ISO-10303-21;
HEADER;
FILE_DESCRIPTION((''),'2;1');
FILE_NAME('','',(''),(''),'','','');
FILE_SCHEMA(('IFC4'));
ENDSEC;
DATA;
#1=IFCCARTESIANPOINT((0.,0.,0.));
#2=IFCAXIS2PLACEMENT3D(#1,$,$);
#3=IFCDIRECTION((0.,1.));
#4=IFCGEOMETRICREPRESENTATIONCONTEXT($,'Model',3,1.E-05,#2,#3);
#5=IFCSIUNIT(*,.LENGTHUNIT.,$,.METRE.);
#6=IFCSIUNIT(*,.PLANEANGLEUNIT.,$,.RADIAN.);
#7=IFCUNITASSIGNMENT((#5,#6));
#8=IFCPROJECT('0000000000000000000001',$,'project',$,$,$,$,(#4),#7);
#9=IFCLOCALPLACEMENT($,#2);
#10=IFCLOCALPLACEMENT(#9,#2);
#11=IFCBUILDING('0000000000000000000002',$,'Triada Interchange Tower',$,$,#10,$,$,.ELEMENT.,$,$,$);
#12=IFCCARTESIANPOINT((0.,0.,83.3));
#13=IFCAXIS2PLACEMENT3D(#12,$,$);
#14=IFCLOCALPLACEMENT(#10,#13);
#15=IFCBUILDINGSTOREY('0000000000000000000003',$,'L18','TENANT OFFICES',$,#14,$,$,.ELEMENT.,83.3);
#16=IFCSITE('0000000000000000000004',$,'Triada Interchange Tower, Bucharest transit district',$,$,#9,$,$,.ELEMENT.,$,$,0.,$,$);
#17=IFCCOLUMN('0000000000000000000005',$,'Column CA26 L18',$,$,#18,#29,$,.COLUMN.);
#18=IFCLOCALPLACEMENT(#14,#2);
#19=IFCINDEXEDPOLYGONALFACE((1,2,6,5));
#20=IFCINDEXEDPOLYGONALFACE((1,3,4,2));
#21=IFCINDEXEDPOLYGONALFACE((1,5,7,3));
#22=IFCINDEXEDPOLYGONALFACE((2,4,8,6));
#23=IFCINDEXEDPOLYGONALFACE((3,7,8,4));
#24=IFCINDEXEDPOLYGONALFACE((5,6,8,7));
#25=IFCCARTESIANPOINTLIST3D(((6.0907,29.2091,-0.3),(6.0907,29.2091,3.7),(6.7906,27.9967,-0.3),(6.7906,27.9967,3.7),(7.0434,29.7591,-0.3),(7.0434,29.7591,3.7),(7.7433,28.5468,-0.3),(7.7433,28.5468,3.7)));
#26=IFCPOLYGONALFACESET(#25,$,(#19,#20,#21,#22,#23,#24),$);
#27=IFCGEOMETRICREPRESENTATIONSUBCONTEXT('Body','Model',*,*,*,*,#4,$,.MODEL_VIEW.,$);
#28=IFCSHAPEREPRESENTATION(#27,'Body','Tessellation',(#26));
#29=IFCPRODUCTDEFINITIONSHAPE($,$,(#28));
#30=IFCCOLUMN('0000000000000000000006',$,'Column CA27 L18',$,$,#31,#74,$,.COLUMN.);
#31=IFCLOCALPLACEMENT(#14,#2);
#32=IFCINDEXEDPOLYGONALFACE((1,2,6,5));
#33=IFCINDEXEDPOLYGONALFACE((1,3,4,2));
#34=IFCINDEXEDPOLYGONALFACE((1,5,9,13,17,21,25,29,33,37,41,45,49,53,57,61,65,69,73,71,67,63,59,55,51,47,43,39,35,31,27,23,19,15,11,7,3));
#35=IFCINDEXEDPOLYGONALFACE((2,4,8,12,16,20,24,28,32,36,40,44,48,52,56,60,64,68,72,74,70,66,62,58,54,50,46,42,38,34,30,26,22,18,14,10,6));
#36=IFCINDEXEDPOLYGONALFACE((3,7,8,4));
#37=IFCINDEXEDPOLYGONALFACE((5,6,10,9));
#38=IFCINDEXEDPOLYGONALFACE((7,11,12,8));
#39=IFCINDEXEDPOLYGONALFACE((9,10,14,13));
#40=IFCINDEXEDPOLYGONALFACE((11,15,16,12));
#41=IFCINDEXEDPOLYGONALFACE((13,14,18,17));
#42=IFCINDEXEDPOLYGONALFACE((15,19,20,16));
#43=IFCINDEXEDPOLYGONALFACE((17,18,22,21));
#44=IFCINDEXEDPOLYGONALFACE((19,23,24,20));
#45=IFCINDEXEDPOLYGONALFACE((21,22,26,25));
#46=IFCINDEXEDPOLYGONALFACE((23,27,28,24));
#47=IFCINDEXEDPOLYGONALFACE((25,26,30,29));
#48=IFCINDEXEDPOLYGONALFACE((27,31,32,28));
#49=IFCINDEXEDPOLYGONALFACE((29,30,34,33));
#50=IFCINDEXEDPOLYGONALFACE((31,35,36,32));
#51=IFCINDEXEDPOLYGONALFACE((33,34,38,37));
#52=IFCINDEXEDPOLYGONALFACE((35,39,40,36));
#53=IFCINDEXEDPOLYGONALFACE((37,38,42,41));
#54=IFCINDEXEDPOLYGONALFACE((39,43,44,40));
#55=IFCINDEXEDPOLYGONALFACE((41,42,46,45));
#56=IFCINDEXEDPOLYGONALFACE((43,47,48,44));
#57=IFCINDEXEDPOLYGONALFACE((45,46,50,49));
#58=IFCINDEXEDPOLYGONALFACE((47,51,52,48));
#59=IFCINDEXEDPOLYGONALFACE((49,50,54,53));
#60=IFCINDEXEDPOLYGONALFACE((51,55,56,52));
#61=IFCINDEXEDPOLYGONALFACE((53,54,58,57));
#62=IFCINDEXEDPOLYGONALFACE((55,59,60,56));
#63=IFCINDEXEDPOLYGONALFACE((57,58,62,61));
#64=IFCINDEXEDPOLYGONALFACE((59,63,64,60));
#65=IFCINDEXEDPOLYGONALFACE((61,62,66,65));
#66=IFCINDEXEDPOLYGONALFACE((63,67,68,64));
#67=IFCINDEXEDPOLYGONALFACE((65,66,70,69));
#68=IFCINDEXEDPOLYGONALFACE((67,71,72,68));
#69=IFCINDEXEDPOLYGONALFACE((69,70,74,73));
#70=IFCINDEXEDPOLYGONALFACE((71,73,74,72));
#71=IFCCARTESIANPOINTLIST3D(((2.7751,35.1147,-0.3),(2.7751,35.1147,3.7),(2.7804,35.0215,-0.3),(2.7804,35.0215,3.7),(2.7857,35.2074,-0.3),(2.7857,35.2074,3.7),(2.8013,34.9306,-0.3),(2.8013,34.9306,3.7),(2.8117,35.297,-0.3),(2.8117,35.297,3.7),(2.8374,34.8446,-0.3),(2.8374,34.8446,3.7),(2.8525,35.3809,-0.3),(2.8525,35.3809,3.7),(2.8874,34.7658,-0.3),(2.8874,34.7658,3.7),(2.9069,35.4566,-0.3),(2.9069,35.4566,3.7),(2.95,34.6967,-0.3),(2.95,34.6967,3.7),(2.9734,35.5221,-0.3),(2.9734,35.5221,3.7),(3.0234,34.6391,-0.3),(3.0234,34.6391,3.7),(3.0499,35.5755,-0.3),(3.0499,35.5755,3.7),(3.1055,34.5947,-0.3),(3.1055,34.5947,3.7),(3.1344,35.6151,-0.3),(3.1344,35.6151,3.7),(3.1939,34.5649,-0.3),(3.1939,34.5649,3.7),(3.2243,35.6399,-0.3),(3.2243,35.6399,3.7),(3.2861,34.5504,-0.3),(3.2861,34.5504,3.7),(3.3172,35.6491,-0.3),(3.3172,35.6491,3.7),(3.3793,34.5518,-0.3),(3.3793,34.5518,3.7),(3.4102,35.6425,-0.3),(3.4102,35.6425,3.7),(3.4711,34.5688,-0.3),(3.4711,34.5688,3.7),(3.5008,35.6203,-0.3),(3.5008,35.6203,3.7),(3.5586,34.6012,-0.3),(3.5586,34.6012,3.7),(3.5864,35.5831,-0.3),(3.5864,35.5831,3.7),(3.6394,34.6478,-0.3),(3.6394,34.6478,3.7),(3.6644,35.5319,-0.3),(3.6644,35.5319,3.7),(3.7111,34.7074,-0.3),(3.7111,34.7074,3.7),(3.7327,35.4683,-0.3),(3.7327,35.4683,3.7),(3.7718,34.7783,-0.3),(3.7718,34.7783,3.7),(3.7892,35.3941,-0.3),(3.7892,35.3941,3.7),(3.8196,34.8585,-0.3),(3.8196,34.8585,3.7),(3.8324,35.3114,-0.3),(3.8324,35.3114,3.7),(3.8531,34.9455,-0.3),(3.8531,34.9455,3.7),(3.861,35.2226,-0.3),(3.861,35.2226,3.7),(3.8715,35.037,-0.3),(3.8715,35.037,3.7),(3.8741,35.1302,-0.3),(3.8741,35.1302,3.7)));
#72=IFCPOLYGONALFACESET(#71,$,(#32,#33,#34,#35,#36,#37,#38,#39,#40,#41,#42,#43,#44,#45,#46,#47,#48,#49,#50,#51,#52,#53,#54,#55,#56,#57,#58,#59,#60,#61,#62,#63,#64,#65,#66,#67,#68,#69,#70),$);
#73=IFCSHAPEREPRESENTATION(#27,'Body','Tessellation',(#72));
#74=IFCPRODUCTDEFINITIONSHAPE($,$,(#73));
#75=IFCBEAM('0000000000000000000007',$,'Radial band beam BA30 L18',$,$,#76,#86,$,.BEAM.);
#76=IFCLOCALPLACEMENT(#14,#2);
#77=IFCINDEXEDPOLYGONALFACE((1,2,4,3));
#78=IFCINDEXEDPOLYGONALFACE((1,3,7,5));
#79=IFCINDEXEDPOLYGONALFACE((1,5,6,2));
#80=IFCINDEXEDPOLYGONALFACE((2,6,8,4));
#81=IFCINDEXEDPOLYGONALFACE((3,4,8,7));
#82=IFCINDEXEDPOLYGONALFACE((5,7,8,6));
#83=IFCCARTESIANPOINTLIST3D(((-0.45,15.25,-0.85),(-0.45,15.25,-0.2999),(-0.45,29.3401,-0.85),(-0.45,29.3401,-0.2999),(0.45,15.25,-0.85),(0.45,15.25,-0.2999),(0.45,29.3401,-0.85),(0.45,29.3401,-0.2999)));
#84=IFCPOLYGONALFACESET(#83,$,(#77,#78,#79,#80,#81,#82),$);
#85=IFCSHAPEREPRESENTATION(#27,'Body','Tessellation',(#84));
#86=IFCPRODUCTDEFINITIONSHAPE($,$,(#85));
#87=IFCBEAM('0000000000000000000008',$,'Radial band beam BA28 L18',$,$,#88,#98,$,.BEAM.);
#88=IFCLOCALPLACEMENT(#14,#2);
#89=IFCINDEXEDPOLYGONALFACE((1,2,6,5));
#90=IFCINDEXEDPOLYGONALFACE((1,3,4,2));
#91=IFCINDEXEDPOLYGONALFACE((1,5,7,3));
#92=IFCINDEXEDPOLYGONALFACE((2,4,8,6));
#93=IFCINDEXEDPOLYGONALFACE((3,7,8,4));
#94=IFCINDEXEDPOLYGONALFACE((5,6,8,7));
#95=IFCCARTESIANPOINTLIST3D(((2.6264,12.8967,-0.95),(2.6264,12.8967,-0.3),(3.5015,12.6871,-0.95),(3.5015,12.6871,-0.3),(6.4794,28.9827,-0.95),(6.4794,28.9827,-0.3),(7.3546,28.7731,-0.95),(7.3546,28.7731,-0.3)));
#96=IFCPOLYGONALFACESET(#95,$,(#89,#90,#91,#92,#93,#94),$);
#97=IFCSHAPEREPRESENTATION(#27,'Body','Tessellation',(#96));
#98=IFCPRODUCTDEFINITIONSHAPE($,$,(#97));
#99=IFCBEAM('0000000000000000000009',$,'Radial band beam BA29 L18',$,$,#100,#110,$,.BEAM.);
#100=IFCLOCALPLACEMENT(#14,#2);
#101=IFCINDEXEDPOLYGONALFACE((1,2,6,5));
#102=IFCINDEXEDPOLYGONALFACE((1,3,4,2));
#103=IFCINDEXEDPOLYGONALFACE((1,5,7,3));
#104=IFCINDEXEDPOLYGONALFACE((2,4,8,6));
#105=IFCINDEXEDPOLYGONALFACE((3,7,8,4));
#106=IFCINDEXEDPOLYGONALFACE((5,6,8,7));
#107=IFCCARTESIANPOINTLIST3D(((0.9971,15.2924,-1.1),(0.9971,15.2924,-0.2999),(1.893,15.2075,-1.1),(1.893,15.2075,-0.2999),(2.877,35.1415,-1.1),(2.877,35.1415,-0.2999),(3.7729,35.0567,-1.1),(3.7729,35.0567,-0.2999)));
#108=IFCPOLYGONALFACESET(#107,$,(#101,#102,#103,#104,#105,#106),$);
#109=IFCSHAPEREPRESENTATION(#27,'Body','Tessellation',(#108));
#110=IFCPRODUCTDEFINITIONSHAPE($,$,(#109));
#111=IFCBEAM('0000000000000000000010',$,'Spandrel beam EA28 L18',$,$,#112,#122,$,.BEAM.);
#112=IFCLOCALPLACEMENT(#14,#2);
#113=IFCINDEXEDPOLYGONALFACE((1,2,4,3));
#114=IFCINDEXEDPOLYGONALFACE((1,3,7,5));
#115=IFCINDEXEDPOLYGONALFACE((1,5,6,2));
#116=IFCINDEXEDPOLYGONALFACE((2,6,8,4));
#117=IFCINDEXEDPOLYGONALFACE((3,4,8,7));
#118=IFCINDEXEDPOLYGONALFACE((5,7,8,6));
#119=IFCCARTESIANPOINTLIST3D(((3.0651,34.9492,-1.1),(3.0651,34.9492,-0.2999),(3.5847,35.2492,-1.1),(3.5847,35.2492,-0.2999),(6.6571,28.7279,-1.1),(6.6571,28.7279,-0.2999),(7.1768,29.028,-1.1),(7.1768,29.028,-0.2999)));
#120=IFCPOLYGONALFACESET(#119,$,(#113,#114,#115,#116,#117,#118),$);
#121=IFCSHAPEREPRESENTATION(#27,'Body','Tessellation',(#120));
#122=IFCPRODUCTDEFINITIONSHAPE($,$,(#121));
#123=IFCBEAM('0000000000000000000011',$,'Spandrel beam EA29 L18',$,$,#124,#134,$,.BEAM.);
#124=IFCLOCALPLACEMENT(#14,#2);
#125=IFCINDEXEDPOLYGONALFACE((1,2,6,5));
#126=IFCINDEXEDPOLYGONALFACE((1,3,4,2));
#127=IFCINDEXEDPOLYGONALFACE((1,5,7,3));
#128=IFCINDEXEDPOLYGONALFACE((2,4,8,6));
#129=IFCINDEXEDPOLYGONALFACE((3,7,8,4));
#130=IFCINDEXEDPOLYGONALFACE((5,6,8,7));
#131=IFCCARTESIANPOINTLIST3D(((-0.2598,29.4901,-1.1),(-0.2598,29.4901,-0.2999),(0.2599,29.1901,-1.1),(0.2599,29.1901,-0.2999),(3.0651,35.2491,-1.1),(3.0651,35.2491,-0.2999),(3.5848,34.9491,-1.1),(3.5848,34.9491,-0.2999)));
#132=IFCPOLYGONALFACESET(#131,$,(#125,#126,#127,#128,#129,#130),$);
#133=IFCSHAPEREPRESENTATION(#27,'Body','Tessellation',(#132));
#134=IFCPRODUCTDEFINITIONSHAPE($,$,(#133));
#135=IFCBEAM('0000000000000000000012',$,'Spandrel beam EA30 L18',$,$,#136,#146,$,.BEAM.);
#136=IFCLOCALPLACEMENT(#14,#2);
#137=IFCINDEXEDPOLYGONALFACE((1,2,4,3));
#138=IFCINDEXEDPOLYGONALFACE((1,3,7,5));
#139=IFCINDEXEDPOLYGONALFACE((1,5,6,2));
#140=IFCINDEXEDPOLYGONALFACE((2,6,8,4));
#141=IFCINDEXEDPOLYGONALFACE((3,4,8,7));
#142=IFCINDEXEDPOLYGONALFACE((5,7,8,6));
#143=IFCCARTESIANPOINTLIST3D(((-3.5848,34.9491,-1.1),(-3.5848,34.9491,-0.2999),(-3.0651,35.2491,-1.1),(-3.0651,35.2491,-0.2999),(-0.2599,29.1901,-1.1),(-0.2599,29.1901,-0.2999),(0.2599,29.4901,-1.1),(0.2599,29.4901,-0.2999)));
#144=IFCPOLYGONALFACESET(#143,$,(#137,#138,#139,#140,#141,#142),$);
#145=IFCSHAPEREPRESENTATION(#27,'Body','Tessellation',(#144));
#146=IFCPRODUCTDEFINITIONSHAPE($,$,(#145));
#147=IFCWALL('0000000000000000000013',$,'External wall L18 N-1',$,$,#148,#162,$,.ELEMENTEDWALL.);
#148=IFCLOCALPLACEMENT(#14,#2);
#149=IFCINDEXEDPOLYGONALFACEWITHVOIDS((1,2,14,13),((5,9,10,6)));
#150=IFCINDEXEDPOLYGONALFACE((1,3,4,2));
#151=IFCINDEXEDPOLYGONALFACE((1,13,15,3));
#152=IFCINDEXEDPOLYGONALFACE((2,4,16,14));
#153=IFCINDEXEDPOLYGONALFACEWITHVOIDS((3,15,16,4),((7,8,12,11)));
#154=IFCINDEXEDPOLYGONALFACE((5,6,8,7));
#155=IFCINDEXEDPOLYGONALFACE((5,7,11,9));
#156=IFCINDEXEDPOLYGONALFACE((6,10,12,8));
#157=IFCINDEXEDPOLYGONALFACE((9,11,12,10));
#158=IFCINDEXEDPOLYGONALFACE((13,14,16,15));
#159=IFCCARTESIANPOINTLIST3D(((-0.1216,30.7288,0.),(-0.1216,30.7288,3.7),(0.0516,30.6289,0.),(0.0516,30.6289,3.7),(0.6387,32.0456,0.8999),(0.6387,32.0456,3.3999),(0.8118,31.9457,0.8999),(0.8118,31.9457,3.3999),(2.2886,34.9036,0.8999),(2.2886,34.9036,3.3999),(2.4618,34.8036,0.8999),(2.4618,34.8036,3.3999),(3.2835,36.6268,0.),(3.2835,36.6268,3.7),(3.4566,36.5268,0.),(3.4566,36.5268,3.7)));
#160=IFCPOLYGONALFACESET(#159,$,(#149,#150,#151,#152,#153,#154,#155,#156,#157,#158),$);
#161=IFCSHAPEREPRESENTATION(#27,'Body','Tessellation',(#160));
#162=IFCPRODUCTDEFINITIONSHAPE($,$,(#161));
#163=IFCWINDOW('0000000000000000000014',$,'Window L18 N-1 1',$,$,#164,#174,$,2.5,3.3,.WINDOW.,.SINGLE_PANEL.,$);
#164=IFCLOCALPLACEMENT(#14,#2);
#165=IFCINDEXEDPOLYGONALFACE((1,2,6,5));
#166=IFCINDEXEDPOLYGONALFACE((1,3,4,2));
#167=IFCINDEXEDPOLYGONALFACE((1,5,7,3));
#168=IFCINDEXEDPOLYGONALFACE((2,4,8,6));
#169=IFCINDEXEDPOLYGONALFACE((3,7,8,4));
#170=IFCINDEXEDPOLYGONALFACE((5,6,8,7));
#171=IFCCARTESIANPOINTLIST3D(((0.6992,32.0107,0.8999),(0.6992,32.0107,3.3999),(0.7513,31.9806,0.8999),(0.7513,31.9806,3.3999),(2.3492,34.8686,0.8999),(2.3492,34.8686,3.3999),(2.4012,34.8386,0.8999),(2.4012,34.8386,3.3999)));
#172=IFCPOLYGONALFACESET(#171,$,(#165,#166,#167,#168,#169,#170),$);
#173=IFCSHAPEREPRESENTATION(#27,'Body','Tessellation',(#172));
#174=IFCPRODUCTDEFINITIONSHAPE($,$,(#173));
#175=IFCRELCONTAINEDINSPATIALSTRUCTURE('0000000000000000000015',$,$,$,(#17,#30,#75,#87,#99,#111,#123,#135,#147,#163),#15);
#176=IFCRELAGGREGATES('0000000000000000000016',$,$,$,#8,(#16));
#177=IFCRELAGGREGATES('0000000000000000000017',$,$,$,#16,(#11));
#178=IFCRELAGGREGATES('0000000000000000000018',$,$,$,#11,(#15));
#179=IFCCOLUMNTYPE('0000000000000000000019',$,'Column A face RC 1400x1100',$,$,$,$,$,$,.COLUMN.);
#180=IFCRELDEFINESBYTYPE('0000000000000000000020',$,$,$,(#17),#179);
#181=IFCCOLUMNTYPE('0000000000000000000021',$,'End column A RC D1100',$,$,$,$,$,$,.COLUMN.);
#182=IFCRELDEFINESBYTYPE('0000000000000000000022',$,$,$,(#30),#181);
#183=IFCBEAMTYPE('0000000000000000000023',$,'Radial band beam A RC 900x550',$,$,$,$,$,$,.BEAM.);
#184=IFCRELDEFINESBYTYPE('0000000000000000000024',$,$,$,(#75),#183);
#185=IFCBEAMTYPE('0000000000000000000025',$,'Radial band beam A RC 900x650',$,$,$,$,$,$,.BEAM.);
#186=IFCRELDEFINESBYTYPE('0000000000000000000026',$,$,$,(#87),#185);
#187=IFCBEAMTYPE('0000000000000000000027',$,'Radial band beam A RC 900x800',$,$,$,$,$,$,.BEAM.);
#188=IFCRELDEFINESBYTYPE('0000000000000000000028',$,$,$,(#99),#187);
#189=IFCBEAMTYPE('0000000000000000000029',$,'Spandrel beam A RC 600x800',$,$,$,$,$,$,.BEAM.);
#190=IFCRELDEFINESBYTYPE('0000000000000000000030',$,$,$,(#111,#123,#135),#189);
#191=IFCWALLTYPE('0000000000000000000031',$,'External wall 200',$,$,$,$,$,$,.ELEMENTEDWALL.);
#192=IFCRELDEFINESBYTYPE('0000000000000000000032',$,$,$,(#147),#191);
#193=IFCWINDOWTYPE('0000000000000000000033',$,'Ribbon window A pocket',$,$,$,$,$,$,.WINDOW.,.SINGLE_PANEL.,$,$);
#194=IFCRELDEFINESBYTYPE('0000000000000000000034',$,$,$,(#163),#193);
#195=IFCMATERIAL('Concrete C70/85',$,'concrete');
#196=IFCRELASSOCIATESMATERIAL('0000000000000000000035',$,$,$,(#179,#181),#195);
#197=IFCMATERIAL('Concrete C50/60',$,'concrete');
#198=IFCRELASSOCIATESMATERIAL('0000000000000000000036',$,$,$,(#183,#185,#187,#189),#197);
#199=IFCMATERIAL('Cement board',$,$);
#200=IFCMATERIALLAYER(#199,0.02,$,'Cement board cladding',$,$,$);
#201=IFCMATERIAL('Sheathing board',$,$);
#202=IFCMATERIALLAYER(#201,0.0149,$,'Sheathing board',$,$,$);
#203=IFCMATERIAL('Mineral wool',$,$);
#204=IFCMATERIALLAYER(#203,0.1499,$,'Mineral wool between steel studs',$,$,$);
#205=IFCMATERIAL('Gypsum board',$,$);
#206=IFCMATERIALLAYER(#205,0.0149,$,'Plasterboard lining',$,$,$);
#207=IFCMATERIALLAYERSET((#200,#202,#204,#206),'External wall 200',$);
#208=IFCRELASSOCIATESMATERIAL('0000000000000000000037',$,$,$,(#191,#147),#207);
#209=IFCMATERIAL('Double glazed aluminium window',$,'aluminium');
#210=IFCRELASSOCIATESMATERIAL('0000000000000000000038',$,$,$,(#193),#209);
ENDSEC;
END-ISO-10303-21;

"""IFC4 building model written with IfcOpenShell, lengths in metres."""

from ifc_helpers import new_model, si_unit, direction, frame, frame_2d, origin, origin_2d, place, context, subcontext, project, spatial, rectangle, circle, extrude, material, layer, layer_set, layer_usage, material_profile, profile_set, type_object, element, fill, save


model = new_model("IFC4")

# Units and contexts
model_context = context("Model", 3, precision=1e-05, world=origin(), true_north=direction((0.0, 1.0)))
body_context = subcontext(model_context, "Body", "Model", "MODEL_VIEW")
ifc_project = project(units=[si_unit("LENGTHUNIT", "METRE"), si_unit("PLANEANGLEUNIT", "RADIAN")], contexts=[model_context])

# Site, building, storey
site_placement = place(None, origin())
site = spatial("IfcSite", under=ifc_project, at=site_placement, Name="Triada Interchange Tower, Bucharest transit district", CompositionType="ELEMENT", RefElevation=0.0)
building_placement = place(site_placement, origin())
building = spatial("IfcBuilding", under=site, at=building_placement, Name="Triada Interchange Tower", CompositionType="ELEMENT")
storey_placement = place(building_placement, frame((0.0, 0.0, 83.3)))
storey = spatial("IfcBuildingStorey", under=building, at=storey_placement, Name="L18", Description="TENANT OFFICES", CompositionType="ELEMENT", Elevation=83.3)

# Columns
ifc_material_1 = material(Name="Concrete C70/85", Category="concrete")
ifc_material_profile_1 = material_profile(ifc_material_1, rectangle(XDim=1.3999, YDim=1.1001, at=origin_2d()), Name="RC 1400x1100")
ifc_profile_set_1 = profile_set([ifc_material_profile_1], Name="Concrete C70/85")
column_type_1 = type_object("IfcColumnType", Name="Column A face RC 1400x1100", PredefinedType="COLUMN", material=ifc_profile_set_1)
column_1_placement = place(storey_placement, frame((6.917, 28.8779, -0.3), z_axis=(0.0, 0.0, 1.0), x_axis=(-0.5, 0.866025, 0.0)))
element("IfcColumn", 1, at=column_1_placement, inside=storey, type_object=column_type_1, Name="Column CA26 L18", PredefinedType="COLUMN", context=body_context, shape_type="SweptSolid", body=[
    extrude(rectangle(XDim=1.3999, YDim=1.1001, at=origin_2d()), origin(), (0.0, 0.0, 1.0), 4.0),
])
ifc_material_profile_2 = material_profile(ifc_material_1, circle(Radius=0.55, at=origin_2d()), Name="RC D1100")
ifc_profile_set_2 = profile_set([ifc_material_profile_2], Name="Concrete C70/85")
column_type_2 = type_object("IfcColumnType", Name="End column A RC D1100", PredefinedType="COLUMN", material=ifc_profile_set_2)
column_2_placement = place(storey_placement, frame((3.325, 35.0991, -0.3), z_axis=(0.0, 0.0, 1.0), x_axis=(-0.5, 0.866025, 0.0)))
element("IfcColumn", 2, at=column_2_placement, inside=storey, type_object=column_type_2, Name="Column CA27 L18", PredefinedType="COLUMN", context=body_context, shape_type="SweptSolid", body=[
    extrude(circle(Radius=0.55, at=origin_2d()), origin(), (0.0, 0.0, 1.0), 4.0),
])

# Beams
ifc_material_2 = material(Name="Concrete C50/60", Category="concrete")
ifc_material_profile_3 = material_profile(ifc_material_2, rectangle(XDim=0.8999, YDim=0.55, at=origin_2d()), Name="RC 900x550")
ifc_profile_set_3 = profile_set([ifc_material_profile_3], Name="Concrete C50/60")
beam_type_1 = type_object("IfcBeamType", Name="Radial band beam A RC 900x550", PredefinedType="BEAM", material=ifc_profile_set_3)
beam_1_placement = place(storey_placement, frame((0.0, 29.3401, -0.575), z_axis=(0.0, -1.0, 0.0), x_axis=(1.0, 0.0, 0.0)))
element("IfcBeam", 3, at=beam_1_placement, inside=storey, type_object=beam_type_1, Name="Radial band beam BA30 L18", PredefinedType="BEAM", context=body_context, shape_type="SweptSolid", body=[
    extrude(rectangle(XDim=0.8999, YDim=0.55, at=origin_2d()), origin(), (0.0, 0.0, 1.0), 14.0901),
])
ifc_material_profile_4 = material_profile(ifc_material_2, rectangle(XDim=0.8999, YDim=0.6499, at=origin_2d()), Name="RC 900x650")
ifc_profile_set_4 = profile_set([ifc_material_profile_4], Name="Concrete C50/60")
beam_type_2 = type_object("IfcBeamType", Name="Radial band beam A RC 900x650", PredefinedType="BEAM", material=ifc_profile_set_4)
beam_2_placement = place(storey_placement, frame((6.917, 28.8779, -0.625), z_axis=(-0.232939, -0.972491, 0.0), x_axis=(0.972491, -0.232939, 0.0)))
element("IfcBeam", 4, at=beam_2_placement, inside=storey, type_object=beam_type_2, Name="Radial band beam BA28 L18", PredefinedType="BEAM", context=body_context, shape_type="SweptSolid", body=[
    extrude(rectangle(XDim=0.8999, YDim=0.6499, at=origin_2d()), origin(), (0.0, 0.0, 1.0), 16.541),
])
ifc_material_profile_5 = material_profile(ifc_material_2, rectangle(XDim=0.8999, YDim=0.8, at=origin_2d()), Name="RC 900x800")
ifc_profile_set_5 = profile_set([ifc_material_profile_5], Name="Concrete C50/60")
beam_type_3 = type_object("IfcBeamType", Name="Radial band beam A RC 900x800", PredefinedType="BEAM", material=ifc_profile_set_5)
beam_3_placement = place(storey_placement, frame((3.325, 35.0991, -0.7), z_axis=(-0.094287, -0.995545, 0.0), x_axis=(0.995545, -0.094287, 0.0)))
element("IfcBeam", 5, at=beam_3_placement, inside=storey, type_object=beam_type_3, Name="Radial band beam BA29 L18", PredefinedType="BEAM", context=body_context, shape_type="SweptSolid", body=[
    extrude(rectangle(XDim=0.8999, YDim=0.8, at=origin_2d()), origin(), (0.0, 0.0, 1.0), 19.938),
])
ifc_material_profile_6 = material_profile(ifc_material_2, rectangle(XDim=0.6001, YDim=0.8, at=origin_2d()), Name="RC 600x800")
ifc_profile_set_6 = profile_set([ifc_material_profile_6], Name="Concrete C50/60")
beam_type_4 = type_object("IfcBeamType", Name="Spandrel beam A RC 600x800", PredefinedType="BEAM", material=ifc_profile_set_6)
beam_4_placement = place(storey_placement, frame((6.917, 28.8779, -0.7), z_axis=(-0.500024, 0.866011, 0.0), x_axis=(-0.866011, -0.500024, 0.0)))
element("IfcBeam", 6, at=beam_4_placement, inside=storey, type_object=beam_type_4, Name="Spandrel beam EA28 L18", PredefinedType="BEAM", context=body_context, shape_type="SweptSolid", body=[
    extrude(rectangle(XDim=0.6001, YDim=0.8, at=origin_2d()), origin(), (0.0, 0.0, 1.0), 7.1838),
])
for number, where, z_axis, x_axis, name in (
    (7, (3.325, 35.0991, -0.7), (-0.499997, -0.866027, 0.0), (0.866027, -0.499997, 0.0), "Spandrel beam EA29 L18"),
    (8, (0.0, 29.3401, -0.7), (-0.499997, 0.866027, 0.0), (-0.866027, -0.499997, 0.0), "Spandrel beam EA30 L18"),
):
    element("IfcBeam", number, at=place(storey_placement, frame(where, z_axis=z_axis, x_axis=x_axis)), inside=storey, type_object=beam_type_4, Name=name, PredefinedType="BEAM", context=body_context, shape_type="SweptSolid", body=[
        extrude(rectangle(XDim=0.6001, YDim=0.8, at=origin_2d()), origin(), (0.0, 0.0, 1.0), 6.6499),
    ])

# Wall, opening, window
ifc_material_3 = material(Name="Cement board")
ifc_layer_1 = layer(ifc_material_3, 0.02, Name="Cement board cladding")
ifc_material_4 = material(Name="Sheathing board")
ifc_layer_2 = layer(ifc_material_4, 0.0149, Name="Sheathing board")
ifc_material_5 = material(Name="Mineral wool")
ifc_layer_3 = layer(ifc_material_5, 0.1499, Name="Mineral wool between steel studs")
ifc_material_6 = material(Name="Gypsum board")
ifc_layer_4 = layer(ifc_material_6, 0.0149, Name="Plasterboard lining")
ifc_layer_set_1 = layer_set([ifc_layer_1, ifc_layer_2, ifc_layer_3, ifc_layer_4], Name="External wall 200")
ifc_layer_usage = layer_usage(ifc_layer_set_1, "AXIS2", "POSITIVE", -0.1001)
wall_type_1 = type_object("IfcWallType", Name="External wall 200", PredefinedType="ELEMENTEDWALL", material=ifc_layer_set_1)
wall_1_placement = place(storey_placement, frame((3.3701, 36.5769, 0.0), z_axis=(0.0, 0.0, 1.0), x_axis=(-0.499983, -0.866035, 0.0)))
wall_1 = element("IfcWall", 9, at=wall_1_placement, inside=storey, type_object=wall_type_1, material=ifc_layer_usage, Name="External wall L18 N-1", PredefinedType="ELEMENTEDWALL", context=body_context, shape_type="SweptSolid", body=[
    extrude(rectangle(XDim=6.8103, YDim=0.2, at=frame_2d((3.4053, 0.0))), origin(), (0.0, 0.0, 1.0), 3.7),
])
opening_1_placement = place(wall_1_placement, frame((1.99, 0.0, 0.8999)))
opening_1 = element("IfcOpeningElement", 10, at=opening_1_placement, cuts=wall_1, PredefinedType="OPENING", context=body_context, shape_type="SweptSolid", body=[
    extrude(rectangle(XDim=3.3, YDim=2.5, at=frame_2d((1.6499, 1.25))), frame((0.0, 0.1099, 0.0), z_axis=(0.0, -1.0, 0.0), x_axis=(1.0, 0.0, 0.0)), (0.0, 0.0, 1.0), 0.22),
])
ifc_material_7 = material(Name="Double glazed aluminium window", Category="aluminium")
window_type = type_object("IfcWindowType", Name="Ribbon window A pocket", PartitioningType="SINGLE_PANEL", PredefinedType="WINDOW", material=ifc_material_7)
window_1_placement = place(opening_1_placement, origin())
window_1 = element("IfcWindow", 11, at=window_1_placement, inside=storey, type_object=window_type, Name="Window L18 N-1 1", OverallHeight=2.5, OverallWidth=3.3, PartitioningType="SINGLE_PANEL", PredefinedType="WINDOW", context=body_context, shape_type="SweptSolid", body=[
    extrude(rectangle(XDim=3.3, YDim=2.5, at=frame_2d((1.6499, 1.25))), frame((0.0, 0.03, 0.0), z_axis=(0.0, -1.0, 0.0), x_axis=(1.0, 0.0, 0.0)), (0.0, 0.0, 1.0), 0.0601),
])
fill(opening_1, window_1)

save(model, "model.ifc")
